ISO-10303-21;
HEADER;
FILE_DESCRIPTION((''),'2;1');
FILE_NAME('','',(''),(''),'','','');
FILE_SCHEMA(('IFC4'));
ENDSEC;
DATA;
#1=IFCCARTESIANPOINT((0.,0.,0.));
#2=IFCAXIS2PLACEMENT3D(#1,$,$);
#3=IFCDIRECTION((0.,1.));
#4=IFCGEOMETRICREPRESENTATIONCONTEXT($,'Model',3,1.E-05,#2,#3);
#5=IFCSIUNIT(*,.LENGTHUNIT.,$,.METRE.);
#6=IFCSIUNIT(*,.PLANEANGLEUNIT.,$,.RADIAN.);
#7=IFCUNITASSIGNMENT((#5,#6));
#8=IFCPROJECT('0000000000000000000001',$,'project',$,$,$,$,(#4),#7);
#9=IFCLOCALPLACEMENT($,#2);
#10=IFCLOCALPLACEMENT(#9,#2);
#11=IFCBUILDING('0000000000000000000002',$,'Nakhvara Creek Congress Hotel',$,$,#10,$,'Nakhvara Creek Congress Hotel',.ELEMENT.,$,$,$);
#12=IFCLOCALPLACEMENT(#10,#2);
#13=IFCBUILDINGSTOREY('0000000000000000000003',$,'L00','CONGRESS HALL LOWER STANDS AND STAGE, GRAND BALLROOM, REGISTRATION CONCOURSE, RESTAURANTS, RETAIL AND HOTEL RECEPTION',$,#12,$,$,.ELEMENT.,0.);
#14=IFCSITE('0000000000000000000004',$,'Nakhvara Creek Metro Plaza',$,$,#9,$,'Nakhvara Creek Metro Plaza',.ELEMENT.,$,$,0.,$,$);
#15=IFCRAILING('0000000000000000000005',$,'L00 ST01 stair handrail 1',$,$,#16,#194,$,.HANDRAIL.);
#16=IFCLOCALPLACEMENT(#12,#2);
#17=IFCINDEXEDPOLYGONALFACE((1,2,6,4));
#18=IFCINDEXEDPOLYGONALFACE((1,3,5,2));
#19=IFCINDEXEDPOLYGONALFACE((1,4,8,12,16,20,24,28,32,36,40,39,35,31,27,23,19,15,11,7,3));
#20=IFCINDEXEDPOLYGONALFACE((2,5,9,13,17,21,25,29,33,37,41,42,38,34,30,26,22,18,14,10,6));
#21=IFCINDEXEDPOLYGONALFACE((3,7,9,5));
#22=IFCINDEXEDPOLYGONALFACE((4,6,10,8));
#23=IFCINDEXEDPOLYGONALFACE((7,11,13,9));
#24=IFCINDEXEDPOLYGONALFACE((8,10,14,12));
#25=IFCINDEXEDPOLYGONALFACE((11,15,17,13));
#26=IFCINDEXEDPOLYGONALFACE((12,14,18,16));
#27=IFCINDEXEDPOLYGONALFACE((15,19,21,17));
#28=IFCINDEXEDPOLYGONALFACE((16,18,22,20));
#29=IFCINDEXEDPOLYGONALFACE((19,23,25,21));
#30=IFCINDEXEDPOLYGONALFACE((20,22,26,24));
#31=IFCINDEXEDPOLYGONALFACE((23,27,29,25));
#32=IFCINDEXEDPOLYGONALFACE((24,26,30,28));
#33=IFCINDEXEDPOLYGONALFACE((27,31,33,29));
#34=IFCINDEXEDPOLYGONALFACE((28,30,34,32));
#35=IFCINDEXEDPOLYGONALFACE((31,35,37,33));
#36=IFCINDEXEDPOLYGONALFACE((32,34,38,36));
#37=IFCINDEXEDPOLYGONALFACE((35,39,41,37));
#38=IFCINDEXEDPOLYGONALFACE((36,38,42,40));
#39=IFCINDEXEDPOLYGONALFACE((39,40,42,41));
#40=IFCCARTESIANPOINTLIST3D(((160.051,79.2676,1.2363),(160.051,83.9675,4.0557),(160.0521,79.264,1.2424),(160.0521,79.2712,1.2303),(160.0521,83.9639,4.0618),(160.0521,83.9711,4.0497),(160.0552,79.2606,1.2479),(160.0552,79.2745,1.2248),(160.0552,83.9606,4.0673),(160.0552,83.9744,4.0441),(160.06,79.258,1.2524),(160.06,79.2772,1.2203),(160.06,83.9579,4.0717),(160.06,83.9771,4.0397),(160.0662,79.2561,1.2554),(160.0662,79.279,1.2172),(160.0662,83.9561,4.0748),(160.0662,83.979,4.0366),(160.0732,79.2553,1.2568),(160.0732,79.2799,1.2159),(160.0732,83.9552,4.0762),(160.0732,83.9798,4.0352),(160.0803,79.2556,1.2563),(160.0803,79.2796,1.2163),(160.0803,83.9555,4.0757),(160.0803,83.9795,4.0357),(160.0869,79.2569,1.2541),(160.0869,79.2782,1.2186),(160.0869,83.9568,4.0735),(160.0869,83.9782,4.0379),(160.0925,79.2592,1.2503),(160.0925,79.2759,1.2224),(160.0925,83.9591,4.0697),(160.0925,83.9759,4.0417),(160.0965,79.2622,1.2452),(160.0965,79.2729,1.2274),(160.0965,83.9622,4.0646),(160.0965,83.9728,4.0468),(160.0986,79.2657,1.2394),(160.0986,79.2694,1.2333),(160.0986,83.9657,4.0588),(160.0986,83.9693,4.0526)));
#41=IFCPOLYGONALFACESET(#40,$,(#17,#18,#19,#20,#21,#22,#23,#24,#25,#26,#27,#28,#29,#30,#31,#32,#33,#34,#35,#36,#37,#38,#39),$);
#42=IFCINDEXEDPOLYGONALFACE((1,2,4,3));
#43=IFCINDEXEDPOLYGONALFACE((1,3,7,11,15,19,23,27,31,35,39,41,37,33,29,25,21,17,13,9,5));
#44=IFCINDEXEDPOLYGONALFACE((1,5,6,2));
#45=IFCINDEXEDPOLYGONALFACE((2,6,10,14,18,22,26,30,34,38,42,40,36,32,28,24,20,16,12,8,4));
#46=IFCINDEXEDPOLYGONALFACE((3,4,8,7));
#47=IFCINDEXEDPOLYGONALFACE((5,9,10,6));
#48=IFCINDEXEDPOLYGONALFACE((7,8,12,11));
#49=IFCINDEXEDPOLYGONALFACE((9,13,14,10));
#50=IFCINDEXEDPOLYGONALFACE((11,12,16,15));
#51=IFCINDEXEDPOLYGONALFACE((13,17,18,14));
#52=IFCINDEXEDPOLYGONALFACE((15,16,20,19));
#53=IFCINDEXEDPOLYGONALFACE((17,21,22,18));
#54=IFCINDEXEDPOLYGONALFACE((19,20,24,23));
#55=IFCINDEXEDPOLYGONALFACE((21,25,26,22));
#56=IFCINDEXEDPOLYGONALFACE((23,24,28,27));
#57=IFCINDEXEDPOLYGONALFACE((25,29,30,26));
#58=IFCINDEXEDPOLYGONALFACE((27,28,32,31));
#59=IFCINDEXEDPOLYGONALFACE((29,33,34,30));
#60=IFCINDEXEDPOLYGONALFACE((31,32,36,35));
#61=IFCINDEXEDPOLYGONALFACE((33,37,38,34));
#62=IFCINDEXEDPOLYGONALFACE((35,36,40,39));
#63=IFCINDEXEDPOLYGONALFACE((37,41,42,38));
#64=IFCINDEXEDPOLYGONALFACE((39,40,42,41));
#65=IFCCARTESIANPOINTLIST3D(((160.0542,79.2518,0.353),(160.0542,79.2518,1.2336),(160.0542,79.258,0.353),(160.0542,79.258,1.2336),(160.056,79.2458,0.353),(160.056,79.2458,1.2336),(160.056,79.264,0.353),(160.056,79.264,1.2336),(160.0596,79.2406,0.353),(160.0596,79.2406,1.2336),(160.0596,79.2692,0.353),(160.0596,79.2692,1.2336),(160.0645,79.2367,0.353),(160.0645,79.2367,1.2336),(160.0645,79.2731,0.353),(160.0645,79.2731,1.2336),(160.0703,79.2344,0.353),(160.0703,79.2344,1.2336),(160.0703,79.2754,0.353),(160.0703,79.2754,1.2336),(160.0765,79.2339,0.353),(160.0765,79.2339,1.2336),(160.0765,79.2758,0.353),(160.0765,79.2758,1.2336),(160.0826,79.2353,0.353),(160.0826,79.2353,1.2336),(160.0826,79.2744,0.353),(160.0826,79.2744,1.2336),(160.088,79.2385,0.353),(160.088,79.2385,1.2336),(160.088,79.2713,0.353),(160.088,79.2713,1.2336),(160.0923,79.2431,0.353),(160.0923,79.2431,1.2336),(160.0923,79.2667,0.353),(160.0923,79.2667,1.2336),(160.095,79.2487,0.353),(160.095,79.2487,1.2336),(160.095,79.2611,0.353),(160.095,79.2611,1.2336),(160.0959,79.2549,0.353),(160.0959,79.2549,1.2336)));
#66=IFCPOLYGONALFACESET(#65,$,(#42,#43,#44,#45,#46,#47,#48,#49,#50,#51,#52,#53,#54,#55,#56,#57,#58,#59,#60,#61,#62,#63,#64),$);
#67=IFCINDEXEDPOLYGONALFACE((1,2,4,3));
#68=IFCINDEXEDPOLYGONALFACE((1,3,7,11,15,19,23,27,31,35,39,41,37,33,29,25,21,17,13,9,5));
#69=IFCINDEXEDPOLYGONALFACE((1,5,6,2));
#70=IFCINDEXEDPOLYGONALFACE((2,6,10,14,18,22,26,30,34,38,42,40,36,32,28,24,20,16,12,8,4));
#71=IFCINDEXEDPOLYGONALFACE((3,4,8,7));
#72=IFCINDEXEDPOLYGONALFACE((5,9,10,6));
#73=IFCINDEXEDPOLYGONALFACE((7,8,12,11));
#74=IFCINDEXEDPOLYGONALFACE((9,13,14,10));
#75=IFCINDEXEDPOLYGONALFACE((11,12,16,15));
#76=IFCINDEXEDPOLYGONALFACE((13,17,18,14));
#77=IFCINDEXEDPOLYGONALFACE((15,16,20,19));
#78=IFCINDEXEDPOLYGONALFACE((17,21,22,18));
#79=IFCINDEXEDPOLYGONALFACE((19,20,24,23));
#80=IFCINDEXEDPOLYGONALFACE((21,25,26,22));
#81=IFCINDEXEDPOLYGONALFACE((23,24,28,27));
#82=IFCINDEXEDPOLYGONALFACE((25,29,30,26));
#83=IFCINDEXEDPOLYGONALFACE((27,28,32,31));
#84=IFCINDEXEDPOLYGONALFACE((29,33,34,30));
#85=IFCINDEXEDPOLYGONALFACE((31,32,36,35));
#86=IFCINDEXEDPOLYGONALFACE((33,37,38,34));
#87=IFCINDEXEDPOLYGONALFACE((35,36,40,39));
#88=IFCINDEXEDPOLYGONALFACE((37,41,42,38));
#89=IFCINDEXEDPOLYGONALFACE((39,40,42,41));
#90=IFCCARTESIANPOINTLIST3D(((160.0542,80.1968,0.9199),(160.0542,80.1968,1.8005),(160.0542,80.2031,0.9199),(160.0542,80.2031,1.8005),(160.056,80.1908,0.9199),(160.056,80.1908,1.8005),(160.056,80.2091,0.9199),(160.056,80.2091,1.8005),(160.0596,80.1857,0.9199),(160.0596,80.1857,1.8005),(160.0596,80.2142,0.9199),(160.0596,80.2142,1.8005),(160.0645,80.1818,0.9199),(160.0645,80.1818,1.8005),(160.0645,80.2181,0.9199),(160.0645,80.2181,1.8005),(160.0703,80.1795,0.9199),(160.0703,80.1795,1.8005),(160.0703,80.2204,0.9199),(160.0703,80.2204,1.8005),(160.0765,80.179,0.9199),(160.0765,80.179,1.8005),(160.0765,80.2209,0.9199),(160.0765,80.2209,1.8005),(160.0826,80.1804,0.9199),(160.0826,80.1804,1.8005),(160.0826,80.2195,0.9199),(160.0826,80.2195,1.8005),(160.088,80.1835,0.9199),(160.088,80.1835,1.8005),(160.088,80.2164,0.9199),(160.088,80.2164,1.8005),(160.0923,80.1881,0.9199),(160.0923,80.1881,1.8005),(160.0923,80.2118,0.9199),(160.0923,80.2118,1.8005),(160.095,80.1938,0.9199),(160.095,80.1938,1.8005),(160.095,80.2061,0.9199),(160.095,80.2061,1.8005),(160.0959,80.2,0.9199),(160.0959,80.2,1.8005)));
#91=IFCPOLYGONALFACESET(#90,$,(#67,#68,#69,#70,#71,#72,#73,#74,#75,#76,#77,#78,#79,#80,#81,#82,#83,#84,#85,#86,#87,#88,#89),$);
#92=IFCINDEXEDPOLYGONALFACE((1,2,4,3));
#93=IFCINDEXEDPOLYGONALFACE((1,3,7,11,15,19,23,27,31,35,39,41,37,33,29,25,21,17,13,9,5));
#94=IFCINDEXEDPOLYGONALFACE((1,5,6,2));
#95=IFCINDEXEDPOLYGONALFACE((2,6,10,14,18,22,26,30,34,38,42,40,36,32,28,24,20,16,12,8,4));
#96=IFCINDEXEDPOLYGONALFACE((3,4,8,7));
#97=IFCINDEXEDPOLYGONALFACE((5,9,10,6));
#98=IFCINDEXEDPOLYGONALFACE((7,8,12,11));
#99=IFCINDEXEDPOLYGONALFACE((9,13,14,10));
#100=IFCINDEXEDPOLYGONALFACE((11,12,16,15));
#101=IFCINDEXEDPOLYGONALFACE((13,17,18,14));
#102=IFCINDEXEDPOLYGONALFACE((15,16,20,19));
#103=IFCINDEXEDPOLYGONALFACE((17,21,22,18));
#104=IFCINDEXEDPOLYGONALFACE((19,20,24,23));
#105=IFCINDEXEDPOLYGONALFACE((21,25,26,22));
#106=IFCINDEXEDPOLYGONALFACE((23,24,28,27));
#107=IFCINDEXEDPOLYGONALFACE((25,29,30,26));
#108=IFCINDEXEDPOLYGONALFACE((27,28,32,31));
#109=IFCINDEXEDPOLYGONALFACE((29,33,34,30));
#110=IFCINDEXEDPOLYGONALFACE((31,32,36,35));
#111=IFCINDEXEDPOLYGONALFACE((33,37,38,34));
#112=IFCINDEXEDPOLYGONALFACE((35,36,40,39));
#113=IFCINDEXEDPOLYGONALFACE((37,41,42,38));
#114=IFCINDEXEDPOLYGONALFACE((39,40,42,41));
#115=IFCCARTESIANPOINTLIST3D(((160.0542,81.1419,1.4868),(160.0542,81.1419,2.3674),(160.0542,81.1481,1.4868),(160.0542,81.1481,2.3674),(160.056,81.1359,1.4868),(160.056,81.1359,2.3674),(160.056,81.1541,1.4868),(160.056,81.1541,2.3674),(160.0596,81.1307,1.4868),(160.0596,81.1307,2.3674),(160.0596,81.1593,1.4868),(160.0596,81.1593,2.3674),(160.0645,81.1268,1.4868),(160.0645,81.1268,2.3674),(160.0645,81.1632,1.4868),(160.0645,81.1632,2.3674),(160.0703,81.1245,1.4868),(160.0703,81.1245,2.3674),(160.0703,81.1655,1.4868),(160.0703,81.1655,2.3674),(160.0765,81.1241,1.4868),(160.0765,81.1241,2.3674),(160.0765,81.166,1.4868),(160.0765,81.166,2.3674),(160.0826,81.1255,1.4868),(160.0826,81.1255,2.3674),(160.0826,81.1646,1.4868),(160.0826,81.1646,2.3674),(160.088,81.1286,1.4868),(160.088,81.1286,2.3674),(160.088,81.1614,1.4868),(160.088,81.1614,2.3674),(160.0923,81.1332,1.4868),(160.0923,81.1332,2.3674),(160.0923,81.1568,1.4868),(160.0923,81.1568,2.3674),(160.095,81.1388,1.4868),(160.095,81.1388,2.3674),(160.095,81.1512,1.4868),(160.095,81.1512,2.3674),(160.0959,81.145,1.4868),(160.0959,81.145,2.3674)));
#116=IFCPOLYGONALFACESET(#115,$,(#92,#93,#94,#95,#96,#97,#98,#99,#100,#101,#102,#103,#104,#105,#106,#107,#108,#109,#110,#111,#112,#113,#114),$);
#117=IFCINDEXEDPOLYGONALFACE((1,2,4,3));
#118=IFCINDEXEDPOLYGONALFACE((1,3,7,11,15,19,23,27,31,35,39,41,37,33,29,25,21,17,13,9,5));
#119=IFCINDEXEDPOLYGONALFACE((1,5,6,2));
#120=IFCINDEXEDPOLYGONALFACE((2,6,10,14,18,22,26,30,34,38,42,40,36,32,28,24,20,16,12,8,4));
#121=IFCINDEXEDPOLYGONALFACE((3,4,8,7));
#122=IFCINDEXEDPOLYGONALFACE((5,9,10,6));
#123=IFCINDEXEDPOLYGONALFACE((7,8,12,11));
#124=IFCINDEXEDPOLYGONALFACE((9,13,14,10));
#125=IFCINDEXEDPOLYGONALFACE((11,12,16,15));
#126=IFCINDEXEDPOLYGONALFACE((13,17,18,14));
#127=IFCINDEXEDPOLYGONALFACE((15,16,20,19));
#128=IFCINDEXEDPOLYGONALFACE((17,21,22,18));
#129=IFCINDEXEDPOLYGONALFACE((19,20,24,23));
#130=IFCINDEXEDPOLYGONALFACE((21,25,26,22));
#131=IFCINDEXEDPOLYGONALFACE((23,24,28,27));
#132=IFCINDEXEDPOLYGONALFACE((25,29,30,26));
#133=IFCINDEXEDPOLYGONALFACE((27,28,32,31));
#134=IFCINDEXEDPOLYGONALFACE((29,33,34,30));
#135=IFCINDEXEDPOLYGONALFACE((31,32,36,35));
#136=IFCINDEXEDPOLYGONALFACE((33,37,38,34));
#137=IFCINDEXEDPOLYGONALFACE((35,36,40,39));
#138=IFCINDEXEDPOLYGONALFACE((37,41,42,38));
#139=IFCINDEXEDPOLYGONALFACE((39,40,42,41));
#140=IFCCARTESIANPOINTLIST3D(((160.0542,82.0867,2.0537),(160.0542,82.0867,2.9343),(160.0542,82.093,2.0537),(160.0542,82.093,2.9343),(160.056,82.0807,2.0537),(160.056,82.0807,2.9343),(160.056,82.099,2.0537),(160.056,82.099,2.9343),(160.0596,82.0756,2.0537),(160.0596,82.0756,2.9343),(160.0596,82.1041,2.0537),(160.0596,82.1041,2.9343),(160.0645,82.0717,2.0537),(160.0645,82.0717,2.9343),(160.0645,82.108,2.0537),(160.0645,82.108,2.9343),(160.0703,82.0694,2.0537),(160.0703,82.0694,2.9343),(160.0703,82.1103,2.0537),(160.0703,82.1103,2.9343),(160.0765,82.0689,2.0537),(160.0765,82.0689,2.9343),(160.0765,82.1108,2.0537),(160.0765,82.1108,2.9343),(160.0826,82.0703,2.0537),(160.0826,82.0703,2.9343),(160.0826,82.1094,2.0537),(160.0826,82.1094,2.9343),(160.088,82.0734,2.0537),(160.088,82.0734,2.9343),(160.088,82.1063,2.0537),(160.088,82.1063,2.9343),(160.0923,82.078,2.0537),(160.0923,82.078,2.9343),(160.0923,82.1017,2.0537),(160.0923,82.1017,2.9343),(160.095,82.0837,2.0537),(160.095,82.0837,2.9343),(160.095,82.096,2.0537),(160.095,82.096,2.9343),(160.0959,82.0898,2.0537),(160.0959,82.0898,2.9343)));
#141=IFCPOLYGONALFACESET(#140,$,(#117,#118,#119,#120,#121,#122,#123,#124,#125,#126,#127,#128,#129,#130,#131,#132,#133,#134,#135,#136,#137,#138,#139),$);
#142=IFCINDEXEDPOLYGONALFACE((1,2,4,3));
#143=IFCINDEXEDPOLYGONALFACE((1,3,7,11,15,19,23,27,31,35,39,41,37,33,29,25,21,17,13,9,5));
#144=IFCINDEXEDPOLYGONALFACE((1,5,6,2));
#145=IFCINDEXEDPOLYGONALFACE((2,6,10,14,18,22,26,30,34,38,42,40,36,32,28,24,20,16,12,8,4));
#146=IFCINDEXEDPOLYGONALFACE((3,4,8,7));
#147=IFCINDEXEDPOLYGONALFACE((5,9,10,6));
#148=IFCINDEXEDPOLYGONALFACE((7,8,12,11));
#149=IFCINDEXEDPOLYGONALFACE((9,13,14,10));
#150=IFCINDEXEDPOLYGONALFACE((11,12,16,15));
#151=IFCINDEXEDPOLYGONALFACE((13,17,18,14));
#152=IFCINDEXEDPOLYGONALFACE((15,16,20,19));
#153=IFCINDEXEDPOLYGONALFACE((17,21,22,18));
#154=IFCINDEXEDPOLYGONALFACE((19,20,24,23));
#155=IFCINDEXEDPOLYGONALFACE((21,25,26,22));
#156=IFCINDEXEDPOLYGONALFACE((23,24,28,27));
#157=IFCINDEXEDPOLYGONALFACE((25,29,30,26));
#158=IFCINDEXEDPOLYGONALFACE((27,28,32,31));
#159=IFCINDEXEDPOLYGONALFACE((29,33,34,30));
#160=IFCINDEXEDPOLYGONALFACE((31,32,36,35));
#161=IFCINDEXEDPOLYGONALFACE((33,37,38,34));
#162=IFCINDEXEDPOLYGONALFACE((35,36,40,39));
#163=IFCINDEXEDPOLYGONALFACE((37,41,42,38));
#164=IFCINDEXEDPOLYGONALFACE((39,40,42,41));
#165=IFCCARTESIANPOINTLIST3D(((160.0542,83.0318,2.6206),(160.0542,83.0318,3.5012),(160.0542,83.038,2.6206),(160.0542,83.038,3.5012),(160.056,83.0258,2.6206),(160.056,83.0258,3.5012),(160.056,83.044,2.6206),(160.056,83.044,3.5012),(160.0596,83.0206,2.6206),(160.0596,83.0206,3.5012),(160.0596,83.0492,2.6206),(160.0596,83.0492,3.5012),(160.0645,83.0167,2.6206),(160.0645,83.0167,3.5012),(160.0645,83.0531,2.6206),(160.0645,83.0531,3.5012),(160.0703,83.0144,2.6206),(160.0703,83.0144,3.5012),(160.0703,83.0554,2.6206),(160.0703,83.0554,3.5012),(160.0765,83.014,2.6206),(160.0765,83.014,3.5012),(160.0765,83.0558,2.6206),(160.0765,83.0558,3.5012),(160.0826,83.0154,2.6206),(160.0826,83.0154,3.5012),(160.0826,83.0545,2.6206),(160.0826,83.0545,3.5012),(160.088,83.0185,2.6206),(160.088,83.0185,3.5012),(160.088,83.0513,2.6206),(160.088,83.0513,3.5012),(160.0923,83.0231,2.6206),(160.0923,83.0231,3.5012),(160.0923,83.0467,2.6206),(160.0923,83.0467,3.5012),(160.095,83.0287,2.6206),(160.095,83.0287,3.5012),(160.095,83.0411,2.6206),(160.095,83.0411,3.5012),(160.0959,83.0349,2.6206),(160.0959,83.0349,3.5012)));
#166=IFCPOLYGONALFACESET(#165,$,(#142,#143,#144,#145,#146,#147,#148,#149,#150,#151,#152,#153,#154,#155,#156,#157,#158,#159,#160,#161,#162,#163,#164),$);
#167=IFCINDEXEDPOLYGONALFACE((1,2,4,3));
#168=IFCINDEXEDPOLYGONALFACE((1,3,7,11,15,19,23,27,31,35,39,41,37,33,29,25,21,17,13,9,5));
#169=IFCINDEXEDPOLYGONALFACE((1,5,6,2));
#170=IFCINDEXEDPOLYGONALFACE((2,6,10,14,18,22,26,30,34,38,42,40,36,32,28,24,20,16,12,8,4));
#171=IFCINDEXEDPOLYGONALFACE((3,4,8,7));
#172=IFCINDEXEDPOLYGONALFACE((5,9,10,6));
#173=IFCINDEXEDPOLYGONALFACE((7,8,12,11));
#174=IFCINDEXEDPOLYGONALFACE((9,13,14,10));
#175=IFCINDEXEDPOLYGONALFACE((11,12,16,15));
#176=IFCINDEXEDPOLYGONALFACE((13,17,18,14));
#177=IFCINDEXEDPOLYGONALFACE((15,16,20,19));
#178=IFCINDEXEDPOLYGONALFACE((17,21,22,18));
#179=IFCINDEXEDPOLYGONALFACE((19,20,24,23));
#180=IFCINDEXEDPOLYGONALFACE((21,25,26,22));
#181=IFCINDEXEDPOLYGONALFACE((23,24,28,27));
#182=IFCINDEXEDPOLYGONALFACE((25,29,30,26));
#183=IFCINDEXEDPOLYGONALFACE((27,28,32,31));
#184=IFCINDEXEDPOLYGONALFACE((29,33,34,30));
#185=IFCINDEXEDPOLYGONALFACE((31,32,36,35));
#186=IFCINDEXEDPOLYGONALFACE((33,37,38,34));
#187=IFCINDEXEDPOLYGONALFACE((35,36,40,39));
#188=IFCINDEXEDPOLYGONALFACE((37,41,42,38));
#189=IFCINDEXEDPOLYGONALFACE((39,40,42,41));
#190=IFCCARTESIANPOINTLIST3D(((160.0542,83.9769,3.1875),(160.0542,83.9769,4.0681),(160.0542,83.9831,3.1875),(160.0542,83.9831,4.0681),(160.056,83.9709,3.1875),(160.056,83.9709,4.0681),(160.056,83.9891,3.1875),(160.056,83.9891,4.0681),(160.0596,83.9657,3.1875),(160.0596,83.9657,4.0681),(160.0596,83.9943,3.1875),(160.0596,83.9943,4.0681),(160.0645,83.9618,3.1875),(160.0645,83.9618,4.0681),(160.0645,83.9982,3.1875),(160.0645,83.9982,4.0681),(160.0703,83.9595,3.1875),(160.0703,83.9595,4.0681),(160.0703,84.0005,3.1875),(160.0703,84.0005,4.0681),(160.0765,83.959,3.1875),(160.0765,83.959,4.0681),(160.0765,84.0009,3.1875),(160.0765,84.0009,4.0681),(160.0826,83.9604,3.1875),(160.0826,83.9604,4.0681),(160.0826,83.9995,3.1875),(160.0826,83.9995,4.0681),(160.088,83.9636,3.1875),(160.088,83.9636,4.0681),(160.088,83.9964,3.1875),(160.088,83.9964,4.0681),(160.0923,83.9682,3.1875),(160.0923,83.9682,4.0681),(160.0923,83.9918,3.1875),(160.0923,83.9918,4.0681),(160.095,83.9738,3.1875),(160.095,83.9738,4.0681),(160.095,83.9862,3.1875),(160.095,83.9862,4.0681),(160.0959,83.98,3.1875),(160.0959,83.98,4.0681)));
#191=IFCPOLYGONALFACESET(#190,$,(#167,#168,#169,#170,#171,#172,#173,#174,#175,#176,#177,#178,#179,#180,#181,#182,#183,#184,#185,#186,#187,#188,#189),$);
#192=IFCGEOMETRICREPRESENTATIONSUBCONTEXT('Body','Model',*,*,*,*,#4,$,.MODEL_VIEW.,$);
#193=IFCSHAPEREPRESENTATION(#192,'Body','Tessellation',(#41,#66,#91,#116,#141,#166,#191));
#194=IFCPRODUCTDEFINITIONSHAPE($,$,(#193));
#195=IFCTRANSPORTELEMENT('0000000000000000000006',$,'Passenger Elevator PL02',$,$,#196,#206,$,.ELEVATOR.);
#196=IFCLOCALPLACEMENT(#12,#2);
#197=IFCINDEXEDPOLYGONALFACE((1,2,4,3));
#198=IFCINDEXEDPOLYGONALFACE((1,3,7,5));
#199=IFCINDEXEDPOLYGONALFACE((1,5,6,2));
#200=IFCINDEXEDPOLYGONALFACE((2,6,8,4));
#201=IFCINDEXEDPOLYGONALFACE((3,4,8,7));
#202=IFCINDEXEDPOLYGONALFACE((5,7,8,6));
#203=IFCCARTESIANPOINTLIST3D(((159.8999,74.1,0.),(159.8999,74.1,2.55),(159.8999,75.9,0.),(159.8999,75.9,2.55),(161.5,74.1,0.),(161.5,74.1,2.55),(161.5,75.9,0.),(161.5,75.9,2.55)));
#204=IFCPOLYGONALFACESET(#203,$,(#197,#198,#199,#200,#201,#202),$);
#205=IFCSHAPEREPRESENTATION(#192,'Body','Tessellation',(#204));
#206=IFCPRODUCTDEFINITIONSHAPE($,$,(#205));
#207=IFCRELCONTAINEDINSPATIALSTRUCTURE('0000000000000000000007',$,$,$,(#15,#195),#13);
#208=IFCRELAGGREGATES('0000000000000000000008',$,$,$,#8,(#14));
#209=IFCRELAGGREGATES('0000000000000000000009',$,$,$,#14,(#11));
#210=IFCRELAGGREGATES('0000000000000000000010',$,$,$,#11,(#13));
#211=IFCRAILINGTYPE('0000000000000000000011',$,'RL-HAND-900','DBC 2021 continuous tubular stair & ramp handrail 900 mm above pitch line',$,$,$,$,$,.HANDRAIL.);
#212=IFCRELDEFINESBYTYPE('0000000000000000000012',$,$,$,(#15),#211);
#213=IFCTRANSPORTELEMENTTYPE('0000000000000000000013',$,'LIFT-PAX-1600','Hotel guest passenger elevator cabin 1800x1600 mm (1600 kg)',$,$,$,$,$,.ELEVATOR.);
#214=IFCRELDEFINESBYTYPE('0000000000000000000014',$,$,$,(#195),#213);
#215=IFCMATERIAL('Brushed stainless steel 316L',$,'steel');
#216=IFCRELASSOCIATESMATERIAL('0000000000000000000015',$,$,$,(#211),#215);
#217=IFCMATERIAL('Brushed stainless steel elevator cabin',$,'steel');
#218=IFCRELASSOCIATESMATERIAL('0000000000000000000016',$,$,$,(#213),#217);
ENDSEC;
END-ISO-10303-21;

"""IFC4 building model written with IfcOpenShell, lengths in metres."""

from ifc_helpers import new_model, si_unit, direction, frame, origin, origin_2d, place, context, subcontext, project, spatial, rectangle, circle, extrude, material, type_object, element, save


model = new_model("IFC4")

# Units and contexts
model_context = context("Model", 3, precision=1e-05, world=origin(), true_north=direction((0.0, 1.0)))
body_context = subcontext(model_context, "Body", "Model", "MODEL_VIEW")
ifc_project = project(units=[si_unit("LENGTHUNIT", "METRE"), si_unit("PLANEANGLEUNIT", "RADIAN")], contexts=[model_context])

# Site, building, storey
site_placement = place(None, origin())
site = spatial("IfcSite", under=ifc_project, at=site_placement, Name="Nakhvara Creek Metro Plaza", LongName="Nakhvara Creek Metro Plaza", CompositionType="ELEMENT", RefElevation=0.0)
building_placement = place(site_placement, origin())
building = spatial("IfcBuilding", under=site, at=building_placement, Name="Nakhvara Creek Congress Hotel", LongName="Nakhvara Creek Congress Hotel", CompositionType="ELEMENT")
storey_placement = place(building_placement, origin())
storey = spatial("IfcBuildingStorey", under=building, at=storey_placement, Name="L00", Description="CONGRESS HALL LOWER STANDS AND STAGE, GRAND BALLROOM, REGISTRATION CONCOURSE, RESTAURANTS, RETAIL AND HOTEL RECEPTION", CompositionType="ELEMENT", Elevation=0.0)

# Railing
ifc_material_1 = material(Name="Brushed stainless steel 316L", Category="steel")
railing_type = type_object("IfcRailingType", Name="RL-HAND-900", Description="DBC 2021 continuous tubular stair & ramp handrail 900 mm above pitch line", PredefinedType="HANDRAIL", material=ifc_material_1)
railing_placement = place(storey_placement, frame((160.075, 79.2549, 0.353)))
element("IfcRailing", 1, at=railing_placement, inside=storey, type_object=railing_type, Name="L00 ST01 stair handrail 1", PredefinedType="HANDRAIL", context=body_context, shape_type="SweptSolid", body=[
    extrude(circle(Radius=0.0239, at=origin_2d()), frame((0.0, 0.0127, 0.8833), z_axis=(0.0, 0.85754, 0.514418), x_axis=(-1.0, 0.0, 0.0)), (0.0, 0.0, 1.0), 5.4807),
    extrude(circle(Radius=0.021, at=origin_2d()), origin(), (0.0, 0.0, 1.0), 0.8806),
    extrude(circle(Radius=0.021, at=origin_2d()), frame((0.0, 0.9451, 0.5669)), (0.0, 0.0, 1.0), 0.8806),
    extrude(circle(Radius=0.021, at=origin_2d()), frame((0.0, 1.8901, 1.1338)), (0.0, 0.0, 1.0), 0.8806),
    extrude(circle(Radius=0.021, at=origin_2d()), frame((0.0, 2.835, 1.7007)), (0.0, 0.0, 1.0), 0.8806),
    extrude(circle(Radius=0.021, at=origin_2d()), frame((0.0, 3.78, 2.2676)), (0.0, 0.0, 1.0), 0.8806),
    extrude(circle(Radius=0.021, at=origin_2d()), frame((0.0, 4.7251, 2.8345)), (0.0, 0.0, 1.0), 0.8806),
])

# Transport element
ifc_material_2 = material(Name="Brushed stainless steel elevator cabin", Category="steel")
transport_element_type = type_object("IfcTransportElementType", Name="LIFT-PAX-1600", Description="Hotel guest passenger elevator cabin 1800x1600 mm (1600 kg)", PredefinedType="ELEVATOR", material=ifc_material_2)
transport_element_placement = place(storey_placement, frame((160.7, 75.0, 0.0), z_axis=(0.0, 0.0, 1.0), x_axis=(0.0, 1.0, 0.0)))
element("IfcTransportElement", 2, at=transport_element_placement, inside=storey, type_object=transport_element_type, Name="Passenger Elevator PL02", PredefinedType="ELEVATOR", context=body_context, shape_type="SweptSolid", body=[
    extrude(rectangle(XDim=1.8, YDim=1.6001, at=origin_2d()), origin(), (0.0, 0.0, 1.0), 2.55),
])

save(model, "model.ifc")
